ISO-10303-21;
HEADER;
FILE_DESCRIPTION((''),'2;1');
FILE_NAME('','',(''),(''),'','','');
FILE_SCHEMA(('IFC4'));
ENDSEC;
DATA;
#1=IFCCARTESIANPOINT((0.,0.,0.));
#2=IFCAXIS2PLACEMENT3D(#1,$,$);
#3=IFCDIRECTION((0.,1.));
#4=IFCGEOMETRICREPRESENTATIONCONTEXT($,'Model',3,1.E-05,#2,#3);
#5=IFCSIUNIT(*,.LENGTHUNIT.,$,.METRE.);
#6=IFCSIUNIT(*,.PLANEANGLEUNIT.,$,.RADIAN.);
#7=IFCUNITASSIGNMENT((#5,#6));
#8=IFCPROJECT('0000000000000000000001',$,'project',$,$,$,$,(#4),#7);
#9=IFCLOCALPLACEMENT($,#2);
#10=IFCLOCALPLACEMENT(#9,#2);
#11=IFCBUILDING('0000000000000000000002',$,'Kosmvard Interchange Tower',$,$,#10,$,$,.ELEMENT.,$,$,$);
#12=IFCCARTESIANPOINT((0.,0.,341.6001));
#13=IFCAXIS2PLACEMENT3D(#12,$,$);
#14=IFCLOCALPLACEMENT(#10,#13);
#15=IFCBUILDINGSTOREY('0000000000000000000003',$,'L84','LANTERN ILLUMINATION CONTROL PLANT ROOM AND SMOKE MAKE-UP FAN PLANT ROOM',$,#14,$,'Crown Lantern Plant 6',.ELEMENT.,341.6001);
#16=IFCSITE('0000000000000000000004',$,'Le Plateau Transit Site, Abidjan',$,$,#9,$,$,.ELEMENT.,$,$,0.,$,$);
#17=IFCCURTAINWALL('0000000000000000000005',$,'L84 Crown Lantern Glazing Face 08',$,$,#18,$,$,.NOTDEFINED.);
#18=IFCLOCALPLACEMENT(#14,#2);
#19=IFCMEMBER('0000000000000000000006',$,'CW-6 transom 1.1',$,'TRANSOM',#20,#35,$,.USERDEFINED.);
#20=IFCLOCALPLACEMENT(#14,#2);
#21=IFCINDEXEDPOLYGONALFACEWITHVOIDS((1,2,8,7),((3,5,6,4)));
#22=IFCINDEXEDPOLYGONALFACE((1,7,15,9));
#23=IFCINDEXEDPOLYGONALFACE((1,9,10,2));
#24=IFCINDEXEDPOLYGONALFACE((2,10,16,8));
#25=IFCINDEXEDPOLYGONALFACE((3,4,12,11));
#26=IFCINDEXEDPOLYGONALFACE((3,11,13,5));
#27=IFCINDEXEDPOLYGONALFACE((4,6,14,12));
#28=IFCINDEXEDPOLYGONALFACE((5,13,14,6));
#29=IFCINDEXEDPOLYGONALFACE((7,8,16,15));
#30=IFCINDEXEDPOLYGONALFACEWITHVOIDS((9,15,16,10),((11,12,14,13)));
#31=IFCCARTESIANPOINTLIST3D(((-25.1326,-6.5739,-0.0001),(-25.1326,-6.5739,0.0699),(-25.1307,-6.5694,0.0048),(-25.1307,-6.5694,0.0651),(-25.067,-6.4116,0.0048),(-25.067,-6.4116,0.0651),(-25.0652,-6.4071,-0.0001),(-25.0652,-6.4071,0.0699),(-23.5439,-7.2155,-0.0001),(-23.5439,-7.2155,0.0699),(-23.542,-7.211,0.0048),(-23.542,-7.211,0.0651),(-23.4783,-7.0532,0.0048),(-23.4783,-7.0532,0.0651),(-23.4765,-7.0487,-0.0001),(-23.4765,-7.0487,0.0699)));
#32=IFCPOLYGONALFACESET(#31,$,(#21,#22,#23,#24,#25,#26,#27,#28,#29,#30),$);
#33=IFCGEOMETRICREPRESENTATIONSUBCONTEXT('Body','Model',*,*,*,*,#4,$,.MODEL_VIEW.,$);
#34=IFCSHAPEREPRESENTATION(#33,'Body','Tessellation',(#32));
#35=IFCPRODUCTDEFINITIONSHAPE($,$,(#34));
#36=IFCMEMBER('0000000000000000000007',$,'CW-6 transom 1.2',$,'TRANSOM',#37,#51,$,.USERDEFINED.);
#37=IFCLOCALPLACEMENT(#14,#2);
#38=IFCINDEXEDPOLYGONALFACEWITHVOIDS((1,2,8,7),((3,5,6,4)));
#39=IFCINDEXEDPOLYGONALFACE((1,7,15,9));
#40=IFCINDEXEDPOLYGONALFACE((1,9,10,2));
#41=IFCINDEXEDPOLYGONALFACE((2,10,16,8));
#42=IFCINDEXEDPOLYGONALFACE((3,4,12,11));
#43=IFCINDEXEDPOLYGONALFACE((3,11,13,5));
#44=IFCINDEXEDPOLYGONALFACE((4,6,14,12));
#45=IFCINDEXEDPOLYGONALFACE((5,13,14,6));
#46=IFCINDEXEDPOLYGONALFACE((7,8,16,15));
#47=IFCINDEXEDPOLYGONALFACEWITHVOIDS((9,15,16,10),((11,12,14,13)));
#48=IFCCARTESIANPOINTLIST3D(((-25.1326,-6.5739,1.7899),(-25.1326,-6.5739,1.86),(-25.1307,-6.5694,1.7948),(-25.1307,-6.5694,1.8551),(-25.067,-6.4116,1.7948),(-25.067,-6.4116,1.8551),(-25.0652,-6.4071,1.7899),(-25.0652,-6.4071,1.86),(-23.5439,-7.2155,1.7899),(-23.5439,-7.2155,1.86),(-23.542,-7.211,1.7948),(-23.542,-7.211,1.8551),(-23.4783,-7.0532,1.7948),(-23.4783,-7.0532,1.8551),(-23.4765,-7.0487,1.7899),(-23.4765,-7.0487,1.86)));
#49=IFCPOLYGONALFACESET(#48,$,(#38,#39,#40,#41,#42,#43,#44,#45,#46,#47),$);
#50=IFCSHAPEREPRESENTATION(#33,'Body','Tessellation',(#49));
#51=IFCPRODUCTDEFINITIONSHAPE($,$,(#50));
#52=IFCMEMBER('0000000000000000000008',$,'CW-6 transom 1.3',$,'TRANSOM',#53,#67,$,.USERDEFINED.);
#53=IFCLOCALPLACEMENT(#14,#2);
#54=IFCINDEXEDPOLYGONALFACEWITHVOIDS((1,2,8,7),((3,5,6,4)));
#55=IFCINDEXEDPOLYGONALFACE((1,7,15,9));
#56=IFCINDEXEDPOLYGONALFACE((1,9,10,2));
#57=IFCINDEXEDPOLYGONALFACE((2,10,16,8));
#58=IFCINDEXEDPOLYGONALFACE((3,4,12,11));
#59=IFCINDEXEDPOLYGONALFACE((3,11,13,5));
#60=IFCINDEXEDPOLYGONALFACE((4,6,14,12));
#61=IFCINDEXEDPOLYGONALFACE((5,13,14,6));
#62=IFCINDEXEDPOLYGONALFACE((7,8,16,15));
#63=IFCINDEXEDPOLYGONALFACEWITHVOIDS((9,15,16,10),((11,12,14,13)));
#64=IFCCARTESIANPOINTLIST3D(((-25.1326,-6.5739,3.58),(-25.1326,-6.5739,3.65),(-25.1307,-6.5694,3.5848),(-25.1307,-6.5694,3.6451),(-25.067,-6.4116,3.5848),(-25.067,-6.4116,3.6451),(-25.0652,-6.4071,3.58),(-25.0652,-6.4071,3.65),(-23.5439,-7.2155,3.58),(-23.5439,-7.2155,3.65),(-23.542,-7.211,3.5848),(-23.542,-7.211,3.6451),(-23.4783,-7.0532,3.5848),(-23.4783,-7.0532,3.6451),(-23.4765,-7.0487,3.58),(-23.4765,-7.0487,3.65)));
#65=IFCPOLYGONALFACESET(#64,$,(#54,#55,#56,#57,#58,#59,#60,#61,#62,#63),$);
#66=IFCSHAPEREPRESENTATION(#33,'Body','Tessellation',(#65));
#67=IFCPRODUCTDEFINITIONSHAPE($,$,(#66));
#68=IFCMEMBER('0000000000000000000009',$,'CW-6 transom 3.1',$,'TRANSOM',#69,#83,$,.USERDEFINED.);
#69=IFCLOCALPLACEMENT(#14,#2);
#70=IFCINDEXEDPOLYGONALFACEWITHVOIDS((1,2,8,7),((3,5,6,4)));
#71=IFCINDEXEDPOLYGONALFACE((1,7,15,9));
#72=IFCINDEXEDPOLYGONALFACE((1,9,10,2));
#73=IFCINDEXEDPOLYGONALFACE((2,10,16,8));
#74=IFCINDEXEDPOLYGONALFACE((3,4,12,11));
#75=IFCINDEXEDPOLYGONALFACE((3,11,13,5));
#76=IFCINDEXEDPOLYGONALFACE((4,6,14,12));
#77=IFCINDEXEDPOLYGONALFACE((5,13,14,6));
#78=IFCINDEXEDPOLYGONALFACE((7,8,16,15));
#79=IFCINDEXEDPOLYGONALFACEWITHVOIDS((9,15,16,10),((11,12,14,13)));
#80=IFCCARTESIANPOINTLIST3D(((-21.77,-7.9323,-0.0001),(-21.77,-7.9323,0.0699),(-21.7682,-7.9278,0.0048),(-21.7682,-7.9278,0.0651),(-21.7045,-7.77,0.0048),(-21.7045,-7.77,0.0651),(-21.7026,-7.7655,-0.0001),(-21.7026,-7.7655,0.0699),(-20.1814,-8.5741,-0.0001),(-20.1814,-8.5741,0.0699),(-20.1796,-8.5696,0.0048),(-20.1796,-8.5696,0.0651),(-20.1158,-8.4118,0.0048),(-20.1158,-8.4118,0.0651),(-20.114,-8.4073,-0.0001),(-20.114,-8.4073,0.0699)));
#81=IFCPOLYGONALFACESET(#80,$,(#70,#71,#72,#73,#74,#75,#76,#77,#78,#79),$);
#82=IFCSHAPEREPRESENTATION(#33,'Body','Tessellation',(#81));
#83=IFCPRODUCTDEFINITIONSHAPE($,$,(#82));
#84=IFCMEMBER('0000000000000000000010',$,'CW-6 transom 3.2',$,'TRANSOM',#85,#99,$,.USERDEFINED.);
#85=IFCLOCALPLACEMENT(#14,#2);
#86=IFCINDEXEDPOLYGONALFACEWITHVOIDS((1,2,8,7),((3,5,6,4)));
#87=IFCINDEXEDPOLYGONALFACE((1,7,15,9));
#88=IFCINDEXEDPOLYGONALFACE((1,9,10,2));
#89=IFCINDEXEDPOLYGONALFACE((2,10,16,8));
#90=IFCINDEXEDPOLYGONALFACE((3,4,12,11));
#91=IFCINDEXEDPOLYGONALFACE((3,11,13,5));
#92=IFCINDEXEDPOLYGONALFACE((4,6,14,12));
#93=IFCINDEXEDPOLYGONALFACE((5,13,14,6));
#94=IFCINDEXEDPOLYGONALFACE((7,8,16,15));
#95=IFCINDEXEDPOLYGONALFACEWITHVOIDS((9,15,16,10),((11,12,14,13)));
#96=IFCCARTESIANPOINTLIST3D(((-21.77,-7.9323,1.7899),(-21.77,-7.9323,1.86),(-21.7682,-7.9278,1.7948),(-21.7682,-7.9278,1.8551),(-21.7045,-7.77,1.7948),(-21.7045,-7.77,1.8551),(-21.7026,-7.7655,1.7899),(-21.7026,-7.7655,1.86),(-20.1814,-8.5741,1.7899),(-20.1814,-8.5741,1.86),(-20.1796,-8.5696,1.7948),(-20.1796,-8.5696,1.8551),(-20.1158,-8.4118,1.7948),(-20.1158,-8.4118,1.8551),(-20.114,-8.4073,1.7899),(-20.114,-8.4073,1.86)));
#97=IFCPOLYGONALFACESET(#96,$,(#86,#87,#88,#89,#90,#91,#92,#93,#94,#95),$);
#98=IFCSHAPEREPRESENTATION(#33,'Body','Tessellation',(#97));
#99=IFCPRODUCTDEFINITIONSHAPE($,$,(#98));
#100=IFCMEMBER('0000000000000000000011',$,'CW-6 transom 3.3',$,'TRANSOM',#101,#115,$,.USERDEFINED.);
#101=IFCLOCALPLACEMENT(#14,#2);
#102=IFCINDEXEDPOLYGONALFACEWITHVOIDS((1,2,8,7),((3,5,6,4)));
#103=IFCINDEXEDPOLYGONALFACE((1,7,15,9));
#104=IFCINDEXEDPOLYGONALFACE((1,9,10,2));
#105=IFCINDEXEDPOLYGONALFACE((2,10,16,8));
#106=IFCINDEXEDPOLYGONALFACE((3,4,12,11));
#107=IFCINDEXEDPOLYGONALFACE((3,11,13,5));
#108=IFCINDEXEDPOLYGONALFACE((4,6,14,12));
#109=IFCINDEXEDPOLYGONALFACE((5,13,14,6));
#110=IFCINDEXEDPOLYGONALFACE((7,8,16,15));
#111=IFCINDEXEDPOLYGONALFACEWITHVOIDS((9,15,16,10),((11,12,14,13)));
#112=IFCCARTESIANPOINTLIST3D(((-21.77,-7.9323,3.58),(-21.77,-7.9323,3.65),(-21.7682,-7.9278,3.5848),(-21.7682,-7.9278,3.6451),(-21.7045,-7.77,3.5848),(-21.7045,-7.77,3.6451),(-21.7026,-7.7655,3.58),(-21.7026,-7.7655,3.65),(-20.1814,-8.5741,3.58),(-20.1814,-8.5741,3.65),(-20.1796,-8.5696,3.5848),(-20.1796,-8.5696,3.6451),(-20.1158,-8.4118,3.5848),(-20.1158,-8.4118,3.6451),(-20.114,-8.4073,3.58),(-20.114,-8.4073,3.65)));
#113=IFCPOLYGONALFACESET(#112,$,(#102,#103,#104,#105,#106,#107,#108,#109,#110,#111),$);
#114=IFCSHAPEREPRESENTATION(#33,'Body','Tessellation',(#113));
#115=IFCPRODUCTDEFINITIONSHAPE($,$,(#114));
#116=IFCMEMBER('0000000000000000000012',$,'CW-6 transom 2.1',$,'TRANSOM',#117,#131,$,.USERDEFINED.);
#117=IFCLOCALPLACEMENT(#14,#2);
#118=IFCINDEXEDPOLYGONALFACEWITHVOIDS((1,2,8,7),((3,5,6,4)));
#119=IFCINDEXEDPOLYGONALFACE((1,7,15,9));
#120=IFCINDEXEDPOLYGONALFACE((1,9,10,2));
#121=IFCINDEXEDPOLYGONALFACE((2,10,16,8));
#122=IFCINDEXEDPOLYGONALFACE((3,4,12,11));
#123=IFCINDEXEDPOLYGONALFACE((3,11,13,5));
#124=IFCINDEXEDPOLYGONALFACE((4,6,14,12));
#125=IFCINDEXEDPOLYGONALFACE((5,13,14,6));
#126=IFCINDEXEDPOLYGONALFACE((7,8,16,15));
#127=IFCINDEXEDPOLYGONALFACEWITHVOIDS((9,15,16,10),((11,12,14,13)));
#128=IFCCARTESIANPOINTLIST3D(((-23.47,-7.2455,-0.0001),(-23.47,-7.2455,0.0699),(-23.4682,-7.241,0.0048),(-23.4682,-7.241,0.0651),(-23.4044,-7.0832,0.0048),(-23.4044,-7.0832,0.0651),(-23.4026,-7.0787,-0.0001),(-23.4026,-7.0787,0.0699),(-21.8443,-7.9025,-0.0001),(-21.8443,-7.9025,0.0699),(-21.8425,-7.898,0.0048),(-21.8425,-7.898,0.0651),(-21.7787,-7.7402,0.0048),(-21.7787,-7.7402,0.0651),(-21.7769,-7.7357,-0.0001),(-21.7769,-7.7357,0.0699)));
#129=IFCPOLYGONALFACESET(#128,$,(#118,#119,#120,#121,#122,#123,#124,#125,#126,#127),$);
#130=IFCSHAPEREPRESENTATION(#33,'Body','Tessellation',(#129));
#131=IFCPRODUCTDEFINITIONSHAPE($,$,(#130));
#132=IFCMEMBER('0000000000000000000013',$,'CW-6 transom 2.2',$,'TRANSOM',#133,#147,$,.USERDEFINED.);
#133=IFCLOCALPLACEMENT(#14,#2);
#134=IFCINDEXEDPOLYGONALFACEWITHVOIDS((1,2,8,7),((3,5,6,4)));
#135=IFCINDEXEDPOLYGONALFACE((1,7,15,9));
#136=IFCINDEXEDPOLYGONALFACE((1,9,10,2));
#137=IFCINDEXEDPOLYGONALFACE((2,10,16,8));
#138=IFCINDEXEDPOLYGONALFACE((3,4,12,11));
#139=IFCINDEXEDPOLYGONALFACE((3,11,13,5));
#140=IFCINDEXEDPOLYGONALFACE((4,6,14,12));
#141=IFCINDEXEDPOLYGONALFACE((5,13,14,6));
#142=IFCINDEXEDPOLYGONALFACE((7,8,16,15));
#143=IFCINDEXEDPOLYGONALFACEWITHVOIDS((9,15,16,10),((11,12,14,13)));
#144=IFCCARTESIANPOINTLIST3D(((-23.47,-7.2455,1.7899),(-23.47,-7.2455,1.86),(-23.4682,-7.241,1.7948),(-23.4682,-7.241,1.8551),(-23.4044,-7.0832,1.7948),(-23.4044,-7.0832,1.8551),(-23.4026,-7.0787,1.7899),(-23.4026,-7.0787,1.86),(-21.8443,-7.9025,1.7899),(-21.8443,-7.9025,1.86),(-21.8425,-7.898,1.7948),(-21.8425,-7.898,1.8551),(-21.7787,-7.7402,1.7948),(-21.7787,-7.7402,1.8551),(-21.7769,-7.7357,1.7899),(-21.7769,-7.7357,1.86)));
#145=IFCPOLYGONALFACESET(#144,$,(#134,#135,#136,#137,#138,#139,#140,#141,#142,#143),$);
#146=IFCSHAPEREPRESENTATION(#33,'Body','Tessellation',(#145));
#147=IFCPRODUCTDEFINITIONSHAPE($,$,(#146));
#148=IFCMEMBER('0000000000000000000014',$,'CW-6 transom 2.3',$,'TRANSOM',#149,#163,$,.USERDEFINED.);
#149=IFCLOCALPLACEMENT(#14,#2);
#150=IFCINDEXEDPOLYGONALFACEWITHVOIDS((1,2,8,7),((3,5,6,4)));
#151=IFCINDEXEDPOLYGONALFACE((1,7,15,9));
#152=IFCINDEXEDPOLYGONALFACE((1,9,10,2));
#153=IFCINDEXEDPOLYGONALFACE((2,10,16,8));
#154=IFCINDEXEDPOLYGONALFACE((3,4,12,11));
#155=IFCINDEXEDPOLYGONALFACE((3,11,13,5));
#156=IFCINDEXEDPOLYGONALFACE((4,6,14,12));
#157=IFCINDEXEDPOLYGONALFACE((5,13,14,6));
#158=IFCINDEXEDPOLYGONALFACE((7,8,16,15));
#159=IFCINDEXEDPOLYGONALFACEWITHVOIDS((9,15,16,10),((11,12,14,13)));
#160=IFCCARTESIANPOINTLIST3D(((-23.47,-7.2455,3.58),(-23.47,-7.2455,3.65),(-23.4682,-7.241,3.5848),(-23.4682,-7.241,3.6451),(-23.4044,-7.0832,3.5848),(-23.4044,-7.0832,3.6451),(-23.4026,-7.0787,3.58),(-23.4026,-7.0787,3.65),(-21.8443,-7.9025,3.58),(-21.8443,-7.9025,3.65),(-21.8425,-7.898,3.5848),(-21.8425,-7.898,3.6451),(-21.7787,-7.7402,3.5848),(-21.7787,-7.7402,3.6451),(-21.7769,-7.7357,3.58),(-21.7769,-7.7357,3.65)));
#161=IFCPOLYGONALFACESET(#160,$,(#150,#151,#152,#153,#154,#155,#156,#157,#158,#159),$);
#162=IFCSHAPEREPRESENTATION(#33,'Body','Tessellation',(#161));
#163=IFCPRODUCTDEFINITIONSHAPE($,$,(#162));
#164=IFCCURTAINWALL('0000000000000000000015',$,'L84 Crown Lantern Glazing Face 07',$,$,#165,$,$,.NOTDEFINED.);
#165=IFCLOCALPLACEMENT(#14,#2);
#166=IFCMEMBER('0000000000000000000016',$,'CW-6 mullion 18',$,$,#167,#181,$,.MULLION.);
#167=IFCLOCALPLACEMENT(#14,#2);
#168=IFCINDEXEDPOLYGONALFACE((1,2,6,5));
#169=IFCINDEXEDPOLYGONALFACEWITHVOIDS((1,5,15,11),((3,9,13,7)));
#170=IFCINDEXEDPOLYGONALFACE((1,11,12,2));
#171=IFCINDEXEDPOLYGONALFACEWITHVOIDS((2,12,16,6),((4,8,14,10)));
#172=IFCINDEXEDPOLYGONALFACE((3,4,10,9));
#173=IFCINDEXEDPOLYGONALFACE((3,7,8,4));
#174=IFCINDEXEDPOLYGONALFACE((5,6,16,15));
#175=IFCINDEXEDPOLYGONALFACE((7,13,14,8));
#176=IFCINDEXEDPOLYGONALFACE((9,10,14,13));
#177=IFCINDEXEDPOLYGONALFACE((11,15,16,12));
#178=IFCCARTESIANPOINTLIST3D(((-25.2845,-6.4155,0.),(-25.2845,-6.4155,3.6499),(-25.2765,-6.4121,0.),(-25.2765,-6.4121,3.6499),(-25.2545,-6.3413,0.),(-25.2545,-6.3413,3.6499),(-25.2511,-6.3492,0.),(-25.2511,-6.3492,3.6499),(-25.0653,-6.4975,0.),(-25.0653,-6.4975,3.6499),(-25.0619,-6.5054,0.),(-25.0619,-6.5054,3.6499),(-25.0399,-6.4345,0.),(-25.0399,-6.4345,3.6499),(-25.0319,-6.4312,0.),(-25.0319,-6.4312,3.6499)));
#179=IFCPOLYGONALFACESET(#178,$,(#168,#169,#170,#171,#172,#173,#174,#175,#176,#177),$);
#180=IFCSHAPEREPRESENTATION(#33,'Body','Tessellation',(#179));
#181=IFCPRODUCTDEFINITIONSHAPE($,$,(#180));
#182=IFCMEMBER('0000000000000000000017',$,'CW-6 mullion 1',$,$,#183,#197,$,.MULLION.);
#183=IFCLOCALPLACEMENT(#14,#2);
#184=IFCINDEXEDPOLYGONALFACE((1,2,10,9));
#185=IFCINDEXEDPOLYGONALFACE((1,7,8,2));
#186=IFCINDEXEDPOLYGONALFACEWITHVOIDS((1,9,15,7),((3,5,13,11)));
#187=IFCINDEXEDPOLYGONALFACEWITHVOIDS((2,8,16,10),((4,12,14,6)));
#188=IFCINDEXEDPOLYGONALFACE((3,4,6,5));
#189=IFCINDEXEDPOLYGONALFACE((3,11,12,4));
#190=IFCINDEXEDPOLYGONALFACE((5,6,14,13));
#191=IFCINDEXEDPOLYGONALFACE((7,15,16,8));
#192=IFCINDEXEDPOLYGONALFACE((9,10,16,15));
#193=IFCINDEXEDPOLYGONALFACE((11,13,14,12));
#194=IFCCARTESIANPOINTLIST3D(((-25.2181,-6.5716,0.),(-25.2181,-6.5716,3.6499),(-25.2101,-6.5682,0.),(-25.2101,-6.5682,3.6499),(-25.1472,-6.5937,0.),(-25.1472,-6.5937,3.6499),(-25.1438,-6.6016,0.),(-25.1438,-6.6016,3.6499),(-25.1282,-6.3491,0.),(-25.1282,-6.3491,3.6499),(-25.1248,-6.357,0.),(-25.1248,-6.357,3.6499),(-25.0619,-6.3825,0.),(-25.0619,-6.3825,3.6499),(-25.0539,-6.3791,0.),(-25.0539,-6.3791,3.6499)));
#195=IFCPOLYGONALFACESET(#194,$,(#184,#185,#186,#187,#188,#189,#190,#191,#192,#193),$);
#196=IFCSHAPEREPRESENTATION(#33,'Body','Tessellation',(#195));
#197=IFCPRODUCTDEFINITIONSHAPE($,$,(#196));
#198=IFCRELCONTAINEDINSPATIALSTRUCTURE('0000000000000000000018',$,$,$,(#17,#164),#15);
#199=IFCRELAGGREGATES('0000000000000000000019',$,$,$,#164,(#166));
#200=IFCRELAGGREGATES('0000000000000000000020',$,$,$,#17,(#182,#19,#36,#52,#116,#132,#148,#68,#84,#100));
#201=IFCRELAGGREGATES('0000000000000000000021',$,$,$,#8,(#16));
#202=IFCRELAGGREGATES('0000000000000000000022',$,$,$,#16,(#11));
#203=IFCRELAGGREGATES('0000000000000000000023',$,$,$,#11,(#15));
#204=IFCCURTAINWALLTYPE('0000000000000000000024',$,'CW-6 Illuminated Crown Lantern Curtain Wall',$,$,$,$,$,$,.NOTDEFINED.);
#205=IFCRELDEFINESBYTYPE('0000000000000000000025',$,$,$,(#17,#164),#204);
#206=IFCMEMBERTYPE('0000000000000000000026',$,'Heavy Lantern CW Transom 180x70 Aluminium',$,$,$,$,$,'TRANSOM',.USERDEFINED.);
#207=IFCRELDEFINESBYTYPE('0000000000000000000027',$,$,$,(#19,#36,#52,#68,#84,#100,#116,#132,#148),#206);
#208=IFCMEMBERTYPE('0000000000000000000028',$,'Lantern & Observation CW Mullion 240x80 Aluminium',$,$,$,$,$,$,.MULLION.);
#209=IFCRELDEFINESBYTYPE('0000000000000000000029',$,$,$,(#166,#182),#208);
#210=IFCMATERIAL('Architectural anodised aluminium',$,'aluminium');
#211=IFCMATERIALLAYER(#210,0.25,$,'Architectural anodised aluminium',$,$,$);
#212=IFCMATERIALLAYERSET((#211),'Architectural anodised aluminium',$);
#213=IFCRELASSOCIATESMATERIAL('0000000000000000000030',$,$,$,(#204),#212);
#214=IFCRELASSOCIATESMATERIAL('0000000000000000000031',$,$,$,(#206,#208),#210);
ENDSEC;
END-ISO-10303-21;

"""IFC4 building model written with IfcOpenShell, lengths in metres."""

from ifc_helpers import new_model, si_unit, direction, frame, origin, origin_2d, place, context, subcontext, project, spatial, hollow_rectangle, extrude, source, transform, mapped, material, layer, layer_set, material_profile, profile_set, type_object, element, aggregate, save


model = new_model("IFC4")

# Units and contexts
model_context = context("Model", 3, precision=1e-05, world=origin(), true_north=direction((0.0, 1.0)))
body_context = subcontext(model_context, "Body", "Model", "MODEL_VIEW")
ifc_project = project(units=[si_unit("LENGTHUNIT", "METRE"), si_unit("PLANEANGLEUNIT", "RADIAN")], contexts=[model_context])

# Site, building, storey
site_placement = place(None, origin())
site = spatial("IfcSite", under=ifc_project, at=site_placement, Name="Le Plateau Transit Site, Abidjan", CompositionType="ELEMENT", RefElevation=0.0)
building_placement = place(site_placement, origin())
building = spatial("IfcBuilding", under=site, at=building_placement, Name="Kosmvard Interchange Tower", CompositionType="ELEMENT")
storey_placement = place(building_placement, frame((0.0, 0.0, 341.6001)))
storey = spatial("IfcBuildingStorey", under=building, at=storey_placement, Name="L84", Description="LANTERN ILLUMINATION CONTROL PLANT ROOM AND SMOKE MAKE-UP FAN PLANT ROOM", LongName="Crown Lantern Plant 6", CompositionType="ELEMENT", Elevation=341.6001)

# Curtain wall, members
ifc_material_1 = material(Name="Architectural anodised aluminium", Category="aluminium")
ifc_layer_1 = layer(ifc_material_1, 0.25, Name="Architectural anodised aluminium")
ifc_layer_set_1 = layer_set([ifc_layer_1], Name="Architectural anodised aluminium")
curtain_wall_type = type_object("IfcCurtainWallType", Name="CW-6 Illuminated Crown Lantern Curtain Wall", PredefinedType="NOTDEFINED", material=ifc_layer_set_1)
curtain_wall_1_placement = place(storey_placement, origin())
curtain_wall_1 = element("IfcCurtainWall", 1, at=curtain_wall_1_placement, inside=storey, type_object=curtain_wall_type, Name="L84 Crown Lantern Glazing Face 08", PredefinedType="NOTDEFINED")
ifc_material_profile_1 = material_profile(ifc_material_1, hollow_rectangle(XDim=0.1799, YDim=0.0701, WallThickness=0.0049, at=origin_2d()), Name="CWT 180x70x5")
ifc_profile_set_1 = profile_set([ifc_material_profile_1], Name="Architectural anodised aluminium")
member_type_1 = type_object("IfcMemberType", Name="Heavy Lantern CW Transom 180x70 Aluminium", ElementType="TRANSOM", PredefinedType="USERDEFINED", material=ifc_profile_set_1)
shared_shape_1 = source(origin(), body_context, "Body", "SweptSolid", [
    extrude(hollow_rectangle(XDim=0.1799, YDim=0.0701, WallThickness=0.0049, at=origin_2d()), origin(), (0.0, 0.0, 1.0), 1.7134),
])
member_1_placement = place(storey_placement, frame((-25.0989, -6.4905, 0.0349), z_axis=(0.927233, -0.374484, 0.0), x_axis=(0.374484, 0.927233, 0.0)))
member_1 = element("IfcMember", 2, at=member_1_placement, type_object=member_type_1, Name="CW-6 transom 1.1", ObjectType="TRANSOM", PredefinedType="USERDEFINED", context=body_context, shape_type="MappedRepresentation", body=[
    mapped(shared_shape_1, transform((0.0, 0.0, 0.0), scale=1.0)),
])
member_2_placement = place(storey_placement, frame((-25.0989, -6.4905, 1.825), z_axis=(0.927233, -0.374484, 0.0), x_axis=(0.374484, 0.927233, 0.0)))
member_2 = element("IfcMember", 3, at=member_2_placement, type_object=member_type_1, Name="CW-6 transom 1.2", ObjectType="TRANSOM", PredefinedType="USERDEFINED", context=body_context, shape_type="MappedRepresentation", body=[
    mapped(shared_shape_1, transform((0.0, 0.0, 0.0), scale=1.0)),
])
member_3_placement = place(storey_placement, frame((-25.0989, -6.4905, 3.615), z_axis=(0.927233, -0.374484, 0.0), x_axis=(0.374484, 0.927233, 0.0)))
member_3 = element("IfcMember", 4, at=member_3_placement, type_object=member_type_1, Name="CW-6 transom 1.3", ObjectType="TRANSOM", PredefinedType="USERDEFINED", context=body_context, shape_type="MappedRepresentation", body=[
    mapped(shared_shape_1, transform((0.0, 0.0, 0.0), scale=1.0)),
])
member_4_placement = place(storey_placement, frame((-21.7363, -7.8489, 0.0349), z_axis=(0.927184, -0.374607, 0.0), x_axis=(0.374607, 0.927184, 0.0)))
member_4 = element("IfcMember", 5, at=member_4_placement, type_object=member_type_1, Name="CW-6 transom 3.1", ObjectType="TRANSOM", PredefinedType="USERDEFINED", context=body_context, shape_type="MappedRepresentation", body=[
    mapped(shared_shape_1, transform((0.0, 0.0, 0.0), scale=1.0)),
])
member_5_placement = place(storey_placement, frame((-21.7363, -7.8489, 1.825), z_axis=(0.927184, -0.374607, 0.0), x_axis=(0.374607, 0.927184, 0.0)))
member_5 = element("IfcMember", 6, at=member_5_placement, type_object=member_type_1, Name="CW-6 transom 3.2", ObjectType="TRANSOM", PredefinedType="USERDEFINED", context=body_context, shape_type="MappedRepresentation", body=[
    mapped(shared_shape_1, transform((0.0, 0.0, 0.0), scale=1.0)),
])
member_6_placement = place(storey_placement, frame((-21.7363, -7.8489, 3.615), z_axis=(0.927184, -0.374607, 0.0), x_axis=(0.374607, 0.927184, 0.0)))
member_6 = element("IfcMember", 7, at=member_6_placement, type_object=member_type_1, Name="CW-6 transom 3.3", ObjectType="TRANSOM", PredefinedType="USERDEFINED", context=body_context, shape_type="MappedRepresentation", body=[
    mapped(shared_shape_1, transform((0.0, 0.0, 0.0), scale=1.0)),
])
shared_shape_2 = source(origin(), body_context, "Body", "SweptSolid", [
    extrude(hollow_rectangle(XDim=0.1799, YDim=0.0701, WallThickness=0.0049, at=origin_2d()), origin(), (0.0, 0.0, 1.0), 1.7534),
])
member_7_placement = place(storey_placement, frame((-23.4363, -7.1621, 0.0349), z_axis=(0.927155, -0.374677, 0.0), x_axis=(0.374677, 0.927155, 0.0)))
member_7 = element("IfcMember", 8, at=member_7_placement, type_object=member_type_1, Name="CW-6 transom 2.1", ObjectType="TRANSOM", PredefinedType="USERDEFINED", context=body_context, shape_type="MappedRepresentation", body=[
    mapped(shared_shape_2, transform((0.0, 0.0, 0.0), scale=1.0)),
])
member_8_placement = place(storey_placement, frame((-23.4363, -7.1621, 1.825), z_axis=(0.927155, -0.374677, 0.0), x_axis=(0.374677, 0.927155, 0.0)))
member_8 = element("IfcMember", 9, at=member_8_placement, type_object=member_type_1, Name="CW-6 transom 2.2", ObjectType="TRANSOM", PredefinedType="USERDEFINED", context=body_context, shape_type="MappedRepresentation", body=[
    mapped(shared_shape_2, transform((0.0, 0.0, 0.0), scale=1.0)),
])
member_9_placement = place(storey_placement, frame((-23.4363, -7.1621, 3.615), z_axis=(0.927155, -0.374677, 0.0), x_axis=(0.374677, 0.927155, 0.0)))
member_9 = element("IfcMember", 10, at=member_9_placement, type_object=member_type_1, Name="CW-6 transom 2.3", ObjectType="TRANSOM", PredefinedType="USERDEFINED", context=body_context, shape_type="MappedRepresentation", body=[
    mapped(shared_shape_2, transform((0.0, 0.0, 0.0), scale=1.0)),
])

# Curtain wall, member
curtain_wall_2_placement = place(storey_placement, origin())
curtain_wall_2 = element("IfcCurtainWall", 11, at=curtain_wall_2_placement, inside=storey, type_object=curtain_wall_type, Name="L84 Crown Lantern Glazing Face 07", PredefinedType="NOTDEFINED")
ifc_material_profile_2 = material_profile(ifc_material_1, hollow_rectangle(XDim=0.24, YDim=0.0801, WallThickness=0.0061, at=origin_2d()), Name="CWM 240x80x6")
ifc_profile_set_2 = profile_set([ifc_material_profile_2], Name="Architectural anodised aluminium")
member_type_2 = type_object("IfcMemberType", Name="Lantern & Observation CW Mullion 240x80 Aluminium", PredefinedType="MULLION", material=ifc_profile_set_2)
shared_shape_3 = source(origin(), body_context, "Body", "SweptSolid", [
    extrude(hollow_rectangle(XDim=0.24, YDim=0.0801, WallThickness=0.0061, at=origin_2d()), origin(), (0.0, 0.0, 1.0), 3.6499),
])
member_10_placement = place(storey_placement, frame((-25.1582, -6.4233, 0.0), z_axis=(0.0, 0.0, 1.0), x_axis=(0.927184, -0.374607, 0.0)))
member_10 = element("IfcMember", 12, at=member_10_placement, type_object=member_type_2, Name="CW-6 mullion 18", PredefinedType="MULLION", context=body_context, shape_type="MappedRepresentation", body=[
    mapped(shared_shape_3, transform((0.0, 0.0, 0.0), scale=1.0)),
])

# Member
member_11_placement = place(storey_placement, frame((-25.136, -6.4753, 0.0), z_axis=(0.0, 0.0, 1.0), x_axis=(0.374607, 0.927184, 0.0)))
member_11 = element("IfcMember", 13, at=member_11_placement, type_object=member_type_2, Name="CW-6 mullion 1", PredefinedType="MULLION", context=body_context, shape_type="MappedRepresentation", body=[
    mapped(shared_shape_3, transform((0.0, 0.0, 0.0), scale=1.0)),
])

aggregate(curtain_wall_2, [member_10])
aggregate(curtain_wall_1, [member_11, member_1, member_2, member_3, member_7, member_8, member_9, member_4, member_5, member_6])

save(model, "model.ifc")
